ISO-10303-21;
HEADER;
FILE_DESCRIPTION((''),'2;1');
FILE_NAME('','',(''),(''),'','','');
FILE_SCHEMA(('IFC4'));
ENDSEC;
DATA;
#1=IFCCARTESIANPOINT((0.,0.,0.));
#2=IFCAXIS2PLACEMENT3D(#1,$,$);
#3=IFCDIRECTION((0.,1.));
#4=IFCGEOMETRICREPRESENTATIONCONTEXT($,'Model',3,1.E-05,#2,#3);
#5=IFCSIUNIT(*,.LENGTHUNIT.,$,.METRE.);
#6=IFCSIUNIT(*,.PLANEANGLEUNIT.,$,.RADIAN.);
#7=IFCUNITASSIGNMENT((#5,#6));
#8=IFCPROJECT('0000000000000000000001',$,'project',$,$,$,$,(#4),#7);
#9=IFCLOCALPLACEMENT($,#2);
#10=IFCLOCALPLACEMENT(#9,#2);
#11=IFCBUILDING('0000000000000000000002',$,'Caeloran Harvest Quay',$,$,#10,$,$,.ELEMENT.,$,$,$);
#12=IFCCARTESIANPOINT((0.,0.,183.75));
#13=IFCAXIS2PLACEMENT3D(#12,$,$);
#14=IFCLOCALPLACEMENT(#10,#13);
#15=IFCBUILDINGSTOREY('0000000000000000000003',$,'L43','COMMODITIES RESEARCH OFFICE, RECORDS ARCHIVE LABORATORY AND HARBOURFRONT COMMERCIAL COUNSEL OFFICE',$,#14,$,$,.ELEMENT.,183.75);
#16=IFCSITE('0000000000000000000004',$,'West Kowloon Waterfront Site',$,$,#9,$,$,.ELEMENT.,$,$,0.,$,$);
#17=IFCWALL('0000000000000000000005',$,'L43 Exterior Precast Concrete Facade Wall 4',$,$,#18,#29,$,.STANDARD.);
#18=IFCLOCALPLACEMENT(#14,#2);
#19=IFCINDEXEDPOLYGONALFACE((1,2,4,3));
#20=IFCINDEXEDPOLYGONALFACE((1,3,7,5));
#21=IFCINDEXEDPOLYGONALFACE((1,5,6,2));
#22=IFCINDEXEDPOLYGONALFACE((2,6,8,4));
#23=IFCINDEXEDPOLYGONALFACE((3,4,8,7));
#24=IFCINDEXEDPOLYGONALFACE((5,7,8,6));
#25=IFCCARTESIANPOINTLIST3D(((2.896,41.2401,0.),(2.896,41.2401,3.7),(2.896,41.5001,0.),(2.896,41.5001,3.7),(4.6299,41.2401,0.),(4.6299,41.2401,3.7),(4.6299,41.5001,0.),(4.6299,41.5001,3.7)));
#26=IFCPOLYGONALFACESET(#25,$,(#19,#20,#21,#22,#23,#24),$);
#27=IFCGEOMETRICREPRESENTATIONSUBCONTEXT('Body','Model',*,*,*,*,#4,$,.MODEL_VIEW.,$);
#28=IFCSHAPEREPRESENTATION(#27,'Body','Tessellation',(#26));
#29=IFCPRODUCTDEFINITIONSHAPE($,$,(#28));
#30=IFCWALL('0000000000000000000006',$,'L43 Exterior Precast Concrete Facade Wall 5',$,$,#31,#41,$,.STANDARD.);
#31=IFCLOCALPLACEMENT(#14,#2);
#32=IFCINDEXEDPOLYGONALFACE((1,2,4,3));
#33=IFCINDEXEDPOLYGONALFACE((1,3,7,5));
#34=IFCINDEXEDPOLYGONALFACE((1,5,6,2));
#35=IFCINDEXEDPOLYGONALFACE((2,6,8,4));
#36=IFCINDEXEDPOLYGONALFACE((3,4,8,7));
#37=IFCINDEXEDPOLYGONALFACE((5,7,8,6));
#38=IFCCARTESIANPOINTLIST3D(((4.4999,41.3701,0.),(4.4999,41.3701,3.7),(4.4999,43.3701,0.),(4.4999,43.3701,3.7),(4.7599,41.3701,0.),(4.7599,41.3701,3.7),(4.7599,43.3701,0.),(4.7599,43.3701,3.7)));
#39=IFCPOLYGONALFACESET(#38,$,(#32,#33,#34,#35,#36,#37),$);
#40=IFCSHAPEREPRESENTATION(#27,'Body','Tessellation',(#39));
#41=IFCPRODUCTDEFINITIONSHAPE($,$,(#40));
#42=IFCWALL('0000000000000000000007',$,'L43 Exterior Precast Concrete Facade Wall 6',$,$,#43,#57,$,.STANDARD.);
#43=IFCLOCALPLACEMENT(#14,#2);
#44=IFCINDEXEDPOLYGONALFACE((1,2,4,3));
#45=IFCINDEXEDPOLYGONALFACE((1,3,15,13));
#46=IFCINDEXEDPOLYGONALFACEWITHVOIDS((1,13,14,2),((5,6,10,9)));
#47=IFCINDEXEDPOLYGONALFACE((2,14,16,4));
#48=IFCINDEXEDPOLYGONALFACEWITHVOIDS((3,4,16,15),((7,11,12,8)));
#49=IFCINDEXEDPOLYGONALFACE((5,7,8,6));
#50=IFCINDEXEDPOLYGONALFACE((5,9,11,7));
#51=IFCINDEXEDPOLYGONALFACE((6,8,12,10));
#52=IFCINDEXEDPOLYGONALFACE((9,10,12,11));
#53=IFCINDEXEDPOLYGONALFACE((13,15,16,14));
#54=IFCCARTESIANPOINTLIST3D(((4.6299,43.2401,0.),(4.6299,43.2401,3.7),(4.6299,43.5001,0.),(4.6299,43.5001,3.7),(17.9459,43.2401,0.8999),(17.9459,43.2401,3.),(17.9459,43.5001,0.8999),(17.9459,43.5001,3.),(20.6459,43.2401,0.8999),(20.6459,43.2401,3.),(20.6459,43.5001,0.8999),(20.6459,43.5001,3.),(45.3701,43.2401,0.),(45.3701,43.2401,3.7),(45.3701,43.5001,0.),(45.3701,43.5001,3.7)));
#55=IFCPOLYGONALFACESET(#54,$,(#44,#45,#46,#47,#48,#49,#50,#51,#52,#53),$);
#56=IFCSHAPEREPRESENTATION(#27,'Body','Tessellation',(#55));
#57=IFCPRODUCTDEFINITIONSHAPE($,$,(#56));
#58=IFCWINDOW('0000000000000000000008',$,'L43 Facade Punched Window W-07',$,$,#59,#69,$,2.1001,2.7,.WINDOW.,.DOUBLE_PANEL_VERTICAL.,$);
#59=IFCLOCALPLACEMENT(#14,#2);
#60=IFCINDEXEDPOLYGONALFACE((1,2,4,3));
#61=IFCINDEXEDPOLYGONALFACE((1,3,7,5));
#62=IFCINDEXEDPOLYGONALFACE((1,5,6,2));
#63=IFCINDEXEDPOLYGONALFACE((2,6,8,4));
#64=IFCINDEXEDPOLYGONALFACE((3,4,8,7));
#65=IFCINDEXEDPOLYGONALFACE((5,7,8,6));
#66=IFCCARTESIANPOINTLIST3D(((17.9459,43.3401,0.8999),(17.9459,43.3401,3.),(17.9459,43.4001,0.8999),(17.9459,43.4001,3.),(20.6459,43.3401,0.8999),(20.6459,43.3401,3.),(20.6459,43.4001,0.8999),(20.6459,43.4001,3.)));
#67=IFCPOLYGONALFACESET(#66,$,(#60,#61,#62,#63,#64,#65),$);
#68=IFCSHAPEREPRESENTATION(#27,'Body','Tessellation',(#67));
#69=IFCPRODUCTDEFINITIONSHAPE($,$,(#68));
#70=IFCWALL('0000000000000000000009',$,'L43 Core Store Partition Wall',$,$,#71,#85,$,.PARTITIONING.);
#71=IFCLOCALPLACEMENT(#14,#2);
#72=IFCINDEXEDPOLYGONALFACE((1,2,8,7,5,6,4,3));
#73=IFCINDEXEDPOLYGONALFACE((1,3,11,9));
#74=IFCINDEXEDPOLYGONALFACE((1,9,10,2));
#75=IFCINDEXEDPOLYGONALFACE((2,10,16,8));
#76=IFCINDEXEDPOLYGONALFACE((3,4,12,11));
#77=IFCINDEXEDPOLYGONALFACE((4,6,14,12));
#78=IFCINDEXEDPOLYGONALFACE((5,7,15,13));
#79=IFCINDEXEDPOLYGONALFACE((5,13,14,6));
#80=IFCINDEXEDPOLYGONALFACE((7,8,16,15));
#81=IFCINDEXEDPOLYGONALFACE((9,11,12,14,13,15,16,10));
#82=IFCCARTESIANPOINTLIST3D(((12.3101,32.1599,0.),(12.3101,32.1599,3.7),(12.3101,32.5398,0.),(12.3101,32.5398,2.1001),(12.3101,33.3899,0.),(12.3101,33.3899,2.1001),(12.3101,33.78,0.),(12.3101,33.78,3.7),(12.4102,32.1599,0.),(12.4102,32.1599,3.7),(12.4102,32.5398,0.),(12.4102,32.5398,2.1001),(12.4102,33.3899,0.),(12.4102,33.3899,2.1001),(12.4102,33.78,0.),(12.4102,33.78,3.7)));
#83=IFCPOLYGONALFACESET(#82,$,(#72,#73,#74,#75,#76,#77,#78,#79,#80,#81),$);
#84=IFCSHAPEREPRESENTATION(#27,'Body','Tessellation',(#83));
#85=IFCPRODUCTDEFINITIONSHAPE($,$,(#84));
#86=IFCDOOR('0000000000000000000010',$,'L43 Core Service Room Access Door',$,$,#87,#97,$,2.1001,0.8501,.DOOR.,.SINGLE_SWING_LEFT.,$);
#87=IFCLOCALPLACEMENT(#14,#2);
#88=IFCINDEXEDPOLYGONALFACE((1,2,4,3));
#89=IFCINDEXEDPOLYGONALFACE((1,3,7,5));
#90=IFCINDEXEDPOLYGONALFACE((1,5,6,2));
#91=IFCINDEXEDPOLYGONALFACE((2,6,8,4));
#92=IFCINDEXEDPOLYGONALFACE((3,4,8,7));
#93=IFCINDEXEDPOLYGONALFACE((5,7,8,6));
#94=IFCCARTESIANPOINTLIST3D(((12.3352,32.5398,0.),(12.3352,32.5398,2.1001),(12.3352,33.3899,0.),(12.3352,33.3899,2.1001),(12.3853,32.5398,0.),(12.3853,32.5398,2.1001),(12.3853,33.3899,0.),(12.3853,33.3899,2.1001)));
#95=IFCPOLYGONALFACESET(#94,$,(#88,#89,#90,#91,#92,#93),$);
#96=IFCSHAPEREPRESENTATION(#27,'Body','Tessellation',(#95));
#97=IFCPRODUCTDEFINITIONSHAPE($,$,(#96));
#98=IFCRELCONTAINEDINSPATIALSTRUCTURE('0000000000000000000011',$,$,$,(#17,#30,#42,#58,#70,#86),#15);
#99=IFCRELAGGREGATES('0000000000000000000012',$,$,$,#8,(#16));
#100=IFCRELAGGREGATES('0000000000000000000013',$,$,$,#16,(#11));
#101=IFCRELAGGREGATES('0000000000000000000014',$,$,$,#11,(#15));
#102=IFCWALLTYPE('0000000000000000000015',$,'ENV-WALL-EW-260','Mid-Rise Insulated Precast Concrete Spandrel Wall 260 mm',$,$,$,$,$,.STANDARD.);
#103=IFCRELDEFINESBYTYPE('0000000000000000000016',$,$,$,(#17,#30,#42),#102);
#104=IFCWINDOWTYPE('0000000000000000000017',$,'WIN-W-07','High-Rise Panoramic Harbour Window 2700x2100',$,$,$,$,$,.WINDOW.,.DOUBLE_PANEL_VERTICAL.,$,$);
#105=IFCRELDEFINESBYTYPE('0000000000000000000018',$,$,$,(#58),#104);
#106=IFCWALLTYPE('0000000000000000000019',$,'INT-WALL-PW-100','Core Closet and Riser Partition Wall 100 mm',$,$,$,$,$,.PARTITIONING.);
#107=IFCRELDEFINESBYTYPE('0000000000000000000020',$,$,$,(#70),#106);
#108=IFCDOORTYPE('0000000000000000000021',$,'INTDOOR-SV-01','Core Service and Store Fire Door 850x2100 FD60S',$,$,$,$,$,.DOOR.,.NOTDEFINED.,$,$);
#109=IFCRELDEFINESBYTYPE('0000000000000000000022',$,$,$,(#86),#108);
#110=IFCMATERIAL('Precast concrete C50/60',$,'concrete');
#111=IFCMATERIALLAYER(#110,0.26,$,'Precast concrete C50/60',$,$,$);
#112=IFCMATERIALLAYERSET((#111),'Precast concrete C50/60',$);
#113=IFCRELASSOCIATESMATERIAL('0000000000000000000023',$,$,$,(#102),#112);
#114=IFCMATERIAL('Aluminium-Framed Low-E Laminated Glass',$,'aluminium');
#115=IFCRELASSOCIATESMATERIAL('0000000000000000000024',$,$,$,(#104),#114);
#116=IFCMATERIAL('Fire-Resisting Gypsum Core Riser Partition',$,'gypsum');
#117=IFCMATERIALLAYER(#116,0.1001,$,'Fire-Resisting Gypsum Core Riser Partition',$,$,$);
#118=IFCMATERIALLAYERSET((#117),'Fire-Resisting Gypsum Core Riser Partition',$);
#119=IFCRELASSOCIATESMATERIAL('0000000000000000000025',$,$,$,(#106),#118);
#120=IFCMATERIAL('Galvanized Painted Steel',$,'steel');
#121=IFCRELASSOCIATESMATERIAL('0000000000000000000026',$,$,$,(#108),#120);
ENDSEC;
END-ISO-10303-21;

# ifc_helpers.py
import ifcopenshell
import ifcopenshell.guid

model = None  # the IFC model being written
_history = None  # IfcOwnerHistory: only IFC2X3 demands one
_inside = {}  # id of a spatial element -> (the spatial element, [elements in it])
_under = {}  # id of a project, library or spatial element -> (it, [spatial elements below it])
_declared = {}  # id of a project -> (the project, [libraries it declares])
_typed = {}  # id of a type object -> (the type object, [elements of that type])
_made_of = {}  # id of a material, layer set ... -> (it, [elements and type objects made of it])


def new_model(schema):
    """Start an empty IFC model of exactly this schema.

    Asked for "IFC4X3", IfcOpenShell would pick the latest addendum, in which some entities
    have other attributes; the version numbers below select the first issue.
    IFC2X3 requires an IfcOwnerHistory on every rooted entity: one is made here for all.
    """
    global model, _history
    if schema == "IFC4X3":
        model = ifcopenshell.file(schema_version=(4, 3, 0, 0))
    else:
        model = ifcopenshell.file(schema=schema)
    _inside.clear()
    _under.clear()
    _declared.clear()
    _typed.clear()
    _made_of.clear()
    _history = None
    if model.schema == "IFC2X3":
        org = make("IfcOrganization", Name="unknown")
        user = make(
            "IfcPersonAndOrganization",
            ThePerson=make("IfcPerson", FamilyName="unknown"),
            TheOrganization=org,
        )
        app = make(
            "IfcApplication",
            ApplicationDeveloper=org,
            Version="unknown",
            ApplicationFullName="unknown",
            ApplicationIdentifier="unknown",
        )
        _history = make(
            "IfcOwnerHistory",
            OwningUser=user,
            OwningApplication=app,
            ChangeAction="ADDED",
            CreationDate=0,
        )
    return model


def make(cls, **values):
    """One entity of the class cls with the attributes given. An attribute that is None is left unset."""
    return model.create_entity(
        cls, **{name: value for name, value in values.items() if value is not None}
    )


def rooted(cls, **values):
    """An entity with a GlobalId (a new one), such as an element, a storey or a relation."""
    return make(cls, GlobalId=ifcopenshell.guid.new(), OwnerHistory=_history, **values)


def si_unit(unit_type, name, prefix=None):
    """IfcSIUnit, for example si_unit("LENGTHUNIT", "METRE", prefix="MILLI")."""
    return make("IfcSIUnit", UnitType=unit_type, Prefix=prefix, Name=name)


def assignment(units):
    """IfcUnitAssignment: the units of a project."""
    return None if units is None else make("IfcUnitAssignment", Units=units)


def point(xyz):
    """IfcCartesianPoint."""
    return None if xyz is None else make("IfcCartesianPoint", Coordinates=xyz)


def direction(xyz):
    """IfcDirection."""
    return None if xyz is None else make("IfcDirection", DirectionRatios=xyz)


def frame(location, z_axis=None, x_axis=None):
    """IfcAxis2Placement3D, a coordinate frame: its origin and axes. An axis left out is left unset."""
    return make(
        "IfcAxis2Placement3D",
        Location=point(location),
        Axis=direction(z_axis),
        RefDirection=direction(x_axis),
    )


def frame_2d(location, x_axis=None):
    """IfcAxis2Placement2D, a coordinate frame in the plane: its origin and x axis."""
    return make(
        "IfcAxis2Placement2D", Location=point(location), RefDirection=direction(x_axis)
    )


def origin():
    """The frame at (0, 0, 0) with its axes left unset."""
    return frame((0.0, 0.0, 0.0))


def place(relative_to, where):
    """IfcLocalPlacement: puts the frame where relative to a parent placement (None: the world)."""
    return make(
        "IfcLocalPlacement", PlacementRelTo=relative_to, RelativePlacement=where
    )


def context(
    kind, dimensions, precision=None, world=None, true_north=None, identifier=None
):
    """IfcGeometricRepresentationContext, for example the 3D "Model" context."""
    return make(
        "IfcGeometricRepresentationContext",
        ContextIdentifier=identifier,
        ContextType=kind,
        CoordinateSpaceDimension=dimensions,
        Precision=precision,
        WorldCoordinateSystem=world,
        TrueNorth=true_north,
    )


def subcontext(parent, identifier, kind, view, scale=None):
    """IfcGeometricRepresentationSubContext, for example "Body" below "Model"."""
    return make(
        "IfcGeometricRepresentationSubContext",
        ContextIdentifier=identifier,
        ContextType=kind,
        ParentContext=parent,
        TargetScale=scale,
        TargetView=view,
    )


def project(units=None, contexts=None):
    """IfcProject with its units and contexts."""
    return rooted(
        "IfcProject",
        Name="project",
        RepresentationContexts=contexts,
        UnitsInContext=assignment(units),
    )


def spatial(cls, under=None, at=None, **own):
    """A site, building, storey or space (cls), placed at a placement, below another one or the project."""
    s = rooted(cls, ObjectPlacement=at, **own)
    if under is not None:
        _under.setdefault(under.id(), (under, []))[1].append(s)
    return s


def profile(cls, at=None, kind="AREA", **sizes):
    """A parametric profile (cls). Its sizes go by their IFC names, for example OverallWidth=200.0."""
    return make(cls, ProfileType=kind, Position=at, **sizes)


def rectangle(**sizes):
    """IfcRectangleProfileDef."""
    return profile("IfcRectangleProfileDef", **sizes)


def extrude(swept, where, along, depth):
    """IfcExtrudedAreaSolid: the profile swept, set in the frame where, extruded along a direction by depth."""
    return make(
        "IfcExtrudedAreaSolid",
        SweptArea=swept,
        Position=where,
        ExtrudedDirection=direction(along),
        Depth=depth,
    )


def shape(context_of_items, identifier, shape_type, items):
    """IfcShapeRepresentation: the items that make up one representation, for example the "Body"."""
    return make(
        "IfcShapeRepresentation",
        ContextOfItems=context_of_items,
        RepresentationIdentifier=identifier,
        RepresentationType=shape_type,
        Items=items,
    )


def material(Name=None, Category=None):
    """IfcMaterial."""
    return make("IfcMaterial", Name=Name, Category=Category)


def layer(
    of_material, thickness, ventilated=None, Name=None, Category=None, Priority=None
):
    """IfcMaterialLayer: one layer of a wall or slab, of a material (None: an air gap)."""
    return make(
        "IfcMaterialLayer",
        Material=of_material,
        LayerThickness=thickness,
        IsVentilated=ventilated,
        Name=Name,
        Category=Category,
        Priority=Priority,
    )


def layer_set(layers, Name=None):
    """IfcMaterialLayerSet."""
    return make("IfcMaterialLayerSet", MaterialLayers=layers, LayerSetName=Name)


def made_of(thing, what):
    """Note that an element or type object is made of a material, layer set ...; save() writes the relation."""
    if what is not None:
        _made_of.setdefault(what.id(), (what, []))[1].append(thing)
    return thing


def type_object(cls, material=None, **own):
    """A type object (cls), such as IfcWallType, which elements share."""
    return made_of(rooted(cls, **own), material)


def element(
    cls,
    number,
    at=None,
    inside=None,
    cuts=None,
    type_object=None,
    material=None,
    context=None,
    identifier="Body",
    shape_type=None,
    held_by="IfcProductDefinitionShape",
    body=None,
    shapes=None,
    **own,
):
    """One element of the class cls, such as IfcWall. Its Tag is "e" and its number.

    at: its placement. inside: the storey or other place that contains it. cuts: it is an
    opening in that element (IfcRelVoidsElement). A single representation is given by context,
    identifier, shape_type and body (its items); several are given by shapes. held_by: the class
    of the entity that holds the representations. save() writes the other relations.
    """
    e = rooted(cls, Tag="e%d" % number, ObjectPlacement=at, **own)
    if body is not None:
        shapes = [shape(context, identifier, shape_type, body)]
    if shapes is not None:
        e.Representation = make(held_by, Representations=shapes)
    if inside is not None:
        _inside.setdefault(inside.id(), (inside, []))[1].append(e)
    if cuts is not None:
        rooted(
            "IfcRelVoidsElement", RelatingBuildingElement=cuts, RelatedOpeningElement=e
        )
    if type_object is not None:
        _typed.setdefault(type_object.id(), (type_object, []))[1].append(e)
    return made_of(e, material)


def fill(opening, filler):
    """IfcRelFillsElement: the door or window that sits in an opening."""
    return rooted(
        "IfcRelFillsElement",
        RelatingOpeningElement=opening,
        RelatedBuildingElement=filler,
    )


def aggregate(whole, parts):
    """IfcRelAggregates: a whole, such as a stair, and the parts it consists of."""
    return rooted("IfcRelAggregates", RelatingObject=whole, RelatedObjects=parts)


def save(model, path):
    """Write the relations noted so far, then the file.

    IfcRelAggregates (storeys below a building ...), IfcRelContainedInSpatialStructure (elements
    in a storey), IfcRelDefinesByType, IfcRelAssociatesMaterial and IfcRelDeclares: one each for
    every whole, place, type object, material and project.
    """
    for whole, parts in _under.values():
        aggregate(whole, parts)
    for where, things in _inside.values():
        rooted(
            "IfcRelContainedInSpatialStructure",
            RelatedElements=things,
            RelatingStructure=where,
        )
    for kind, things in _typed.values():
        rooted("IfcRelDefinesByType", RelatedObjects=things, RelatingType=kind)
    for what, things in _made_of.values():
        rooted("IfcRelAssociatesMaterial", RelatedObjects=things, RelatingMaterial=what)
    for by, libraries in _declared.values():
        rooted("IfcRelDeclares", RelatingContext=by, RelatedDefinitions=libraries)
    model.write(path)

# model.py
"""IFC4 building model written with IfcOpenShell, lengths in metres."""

from ifc_helpers import new_model, si_unit, direction, frame, frame_2d, origin, place, context, subcontext, project, spatial, rectangle, extrude, material, layer, layer_set, type_object, element, fill, save


model = new_model("IFC4")

# Units and contexts
model_context = context("Model", 3, precision=1e-05, world=origin(), true_north=direction((0.0, 1.0)))
body_context = subcontext(model_context, "Body", "Model", "MODEL_VIEW")
ifc_project = project(units=[si_unit("LENGTHUNIT", "METRE"), si_unit("PLANEANGLEUNIT", "RADIAN")], contexts=[model_context])

# Site, building, storey
site_placement = place(None, origin())
site = spatial("IfcSite", under=ifc_project, at=site_placement, Name="West Kowloon Waterfront Site", CompositionType="ELEMENT", RefElevation=0.0)
building_placement = place(site_placement, origin())
building = spatial("IfcBuilding", under=site, at=building_placement, Name="Caeloran Harvest Quay", CompositionType="ELEMENT")
storey_placement = place(building_placement, frame((0.0, 0.0, 183.75)))
storey = spatial("IfcBuildingStorey", under=building, at=storey_placement, Name="L43", Description="COMMODITIES RESEARCH OFFICE, RECORDS ARCHIVE LABORATORY AND HARBOURFRONT COMMERCIAL COUNSEL OFFICE", CompositionType="ELEMENT", Elevation=183.75)

# Walls
ifc_material_1 = material(Name="Precast concrete C50/60", Category="concrete")
ifc_layer_1 = layer(ifc_material_1, 0.26, Name="Precast concrete C50/60")
ifc_layer_set_1 = layer_set([ifc_layer_1], Name="Precast concrete C50/60")
wall_type_1 = type_object("IfcWallType", Name="ENV-WALL-EW-260", Description="Mid-Rise Insulated Precast Concrete Spandrel Wall 260 mm", PredefinedType="STANDARD", material=ifc_layer_set_1)
wall_1_placement = place(storey_placement, frame((2.896, 41.3701, 0.0), z_axis=(0.0, 0.0, 1.0), x_axis=(1.0, 0.0, 0.0)))
element("IfcWall", 1, at=wall_1_placement, inside=storey, type_object=wall_type_1, Name="L43 Exterior Precast Concrete Facade Wall 4", PredefinedType="STANDARD", context=body_context, shape_type="SweptSolid", body=[
    extrude(rectangle(XDim=1.7339, YDim=0.26, at=frame_2d((0.8669, 0.0))), origin(), (0.0, 0.0, 1.0), 3.7),
])
wall_2_placement = place(storey_placement, frame((4.6299, 41.3701, 0.0), z_axis=(0.0, 0.0, 1.0), x_axis=(0.0, 1.0, 0.0)))
element("IfcWall", 2, at=wall_2_placement, inside=storey, type_object=wall_type_1, Name="L43 Exterior Precast Concrete Facade Wall 5", PredefinedType="STANDARD", context=body_context, shape_type="SweptSolid", body=[
    extrude(rectangle(XDim=2.0, YDim=0.26, at=frame_2d((1.0, 0.0))), origin(), (0.0, 0.0, 1.0), 3.7),
])

# Wall, opening, window
wall_3_placement = place(storey_placement, frame((4.6299, 43.3701, 0.0), z_axis=(0.0, 0.0, 1.0), x_axis=(1.0, 0.0, 0.0)))
wall_3 = element("IfcWall", 3, at=wall_3_placement, inside=storey, type_object=wall_type_1, Name="L43 Exterior Precast Concrete Facade Wall 6", PredefinedType="STANDARD", context=body_context, shape_type="SweptSolid", body=[
    extrude(rectangle(XDim=40.7402, YDim=0.26, at=frame_2d((20.3701, 0.0))), origin(), (0.0, 0.0, 1.0), 3.7),
])
opening_1_placement = place(wall_3_placement, frame((13.3159, 0.0, 0.8999)))
opening_1 = element("IfcOpeningElement", 4, at=opening_1_placement, cuts=wall_3, PredefinedType="OPENING", context=body_context, shape_type="SweptSolid", body=[
    extrude(rectangle(XDim=2.7, YDim=2.1001, at=frame_2d((1.3501, 1.05))), frame((0.0, 0.1401, 0.0), z_axis=(0.0, -1.0, 0.0), x_axis=(1.0, 0.0, 0.0)), (0.0, 0.0, 1.0), 0.28),
])
ifc_material_2 = material(Name="Aluminium-Framed Low-E Laminated Glass", Category="aluminium")
window_type = type_object("IfcWindowType", Name="WIN-W-07", Description="High-Rise Panoramic Harbour Window 2700x2100", PartitioningType="DOUBLE_PANEL_VERTICAL", PredefinedType="WINDOW", material=ifc_material_2)
window_placement = place(opening_1_placement, origin())
window = element("IfcWindow", 5, at=window_placement, inside=storey, type_object=window_type, Name="L43 Facade Punched Window W-07", OverallHeight=2.1001, OverallWidth=2.7, PartitioningType="DOUBLE_PANEL_VERTICAL", PredefinedType="WINDOW", context=body_context, shape_type="SweptSolid", body=[
    extrude(rectangle(XDim=2.7, YDim=2.1001, at=frame_2d((1.3501, 1.05))), frame((0.0, 0.03, 0.0), z_axis=(0.0, -1.0, 0.0), x_axis=(1.0, 0.0, 0.0)), (0.0, 0.0, 1.0), 0.0601),
])
fill(opening_1, window)

# Wall, opening, door
ifc_material_3 = material(Name="Fire-Resisting Gypsum Core Riser Partition", Category="gypsum")
ifc_layer_2 = layer(ifc_material_3, 0.1001, Name="Fire-Resisting Gypsum Core Riser Partition")
ifc_layer_set_2 = layer_set([ifc_layer_2], Name="Fire-Resisting Gypsum Core Riser Partition")
wall_type_2 = type_object("IfcWallType", Name="INT-WALL-PW-100", Description="Core Closet and Riser Partition Wall 100 mm", PredefinedType="PARTITIONING", material=ifc_layer_set_2)
wall_4_placement = place(storey_placement, frame((12.3601, 32.1599, 0.0), z_axis=(0.0, 0.0, 1.0), x_axis=(0.0, 1.0, 0.0)))
wall_4 = element("IfcWall", 6, at=wall_4_placement, inside=storey, type_object=wall_type_2, Name="L43 Core Store Partition Wall", PredefinedType="PARTITIONING", context=body_context, shape_type="SweptSolid", body=[
    extrude(rectangle(XDim=1.6201, YDim=0.1001, at=frame_2d((0.8101, 0.0))), origin(), (0.0, 0.0, 1.0), 3.7),
])
opening_2_placement = place(wall_4_placement, frame((0.3799, 0.0, 0.0)))
opening_2 = element("IfcOpeningElement", 7, at=opening_2_placement, cuts=wall_4, PredefinedType="OPENING", context=body_context, shape_type="SweptSolid", body=[
    extrude(rectangle(XDim=0.8501, YDim=2.1001, at=frame_2d((0.425, 1.05))), frame((0.0, 0.0601, 0.0), z_axis=(0.0, -1.0, 0.0), x_axis=(1.0, 0.0, 0.0)), (0.0, 0.0, 1.0), 0.1201),
])
ifc_material_4 = material(Name="Galvanized Painted Steel", Category="steel")
door_type_1 = type_object("IfcDoorType", Name="INTDOOR-SV-01", Description="Core Service and Store Fire Door 850x2100 FD60S", OperationType="NOTDEFINED", PredefinedType="DOOR", material=ifc_material_4)
door_1_placement = place(opening_2_placement, origin())
door_1 = element("IfcDoor", 8, at=door_1_placement, inside=storey, type_object=door_type_1, Name="L43 Core Service Room Access Door", OperationType="SINGLE_SWING_LEFT", OverallHeight=2.1001, OverallWidth=0.8501, PredefinedType="DOOR", context=body_context, shape_type="SweptSolid", body=[
    extrude(rectangle(XDim=0.8501, YDim=2.1001, at=frame_2d((0.425, 1.05))), frame((0.0, 0.0249, 0.0), z_axis=(0.0, -1.0, 0.0), x_axis=(1.0, 0.0, 0.0)), (0.0, 0.0, 1.0), 0.05),
])
fill(opening_2, door_1)

save(model, "model.ifc")
